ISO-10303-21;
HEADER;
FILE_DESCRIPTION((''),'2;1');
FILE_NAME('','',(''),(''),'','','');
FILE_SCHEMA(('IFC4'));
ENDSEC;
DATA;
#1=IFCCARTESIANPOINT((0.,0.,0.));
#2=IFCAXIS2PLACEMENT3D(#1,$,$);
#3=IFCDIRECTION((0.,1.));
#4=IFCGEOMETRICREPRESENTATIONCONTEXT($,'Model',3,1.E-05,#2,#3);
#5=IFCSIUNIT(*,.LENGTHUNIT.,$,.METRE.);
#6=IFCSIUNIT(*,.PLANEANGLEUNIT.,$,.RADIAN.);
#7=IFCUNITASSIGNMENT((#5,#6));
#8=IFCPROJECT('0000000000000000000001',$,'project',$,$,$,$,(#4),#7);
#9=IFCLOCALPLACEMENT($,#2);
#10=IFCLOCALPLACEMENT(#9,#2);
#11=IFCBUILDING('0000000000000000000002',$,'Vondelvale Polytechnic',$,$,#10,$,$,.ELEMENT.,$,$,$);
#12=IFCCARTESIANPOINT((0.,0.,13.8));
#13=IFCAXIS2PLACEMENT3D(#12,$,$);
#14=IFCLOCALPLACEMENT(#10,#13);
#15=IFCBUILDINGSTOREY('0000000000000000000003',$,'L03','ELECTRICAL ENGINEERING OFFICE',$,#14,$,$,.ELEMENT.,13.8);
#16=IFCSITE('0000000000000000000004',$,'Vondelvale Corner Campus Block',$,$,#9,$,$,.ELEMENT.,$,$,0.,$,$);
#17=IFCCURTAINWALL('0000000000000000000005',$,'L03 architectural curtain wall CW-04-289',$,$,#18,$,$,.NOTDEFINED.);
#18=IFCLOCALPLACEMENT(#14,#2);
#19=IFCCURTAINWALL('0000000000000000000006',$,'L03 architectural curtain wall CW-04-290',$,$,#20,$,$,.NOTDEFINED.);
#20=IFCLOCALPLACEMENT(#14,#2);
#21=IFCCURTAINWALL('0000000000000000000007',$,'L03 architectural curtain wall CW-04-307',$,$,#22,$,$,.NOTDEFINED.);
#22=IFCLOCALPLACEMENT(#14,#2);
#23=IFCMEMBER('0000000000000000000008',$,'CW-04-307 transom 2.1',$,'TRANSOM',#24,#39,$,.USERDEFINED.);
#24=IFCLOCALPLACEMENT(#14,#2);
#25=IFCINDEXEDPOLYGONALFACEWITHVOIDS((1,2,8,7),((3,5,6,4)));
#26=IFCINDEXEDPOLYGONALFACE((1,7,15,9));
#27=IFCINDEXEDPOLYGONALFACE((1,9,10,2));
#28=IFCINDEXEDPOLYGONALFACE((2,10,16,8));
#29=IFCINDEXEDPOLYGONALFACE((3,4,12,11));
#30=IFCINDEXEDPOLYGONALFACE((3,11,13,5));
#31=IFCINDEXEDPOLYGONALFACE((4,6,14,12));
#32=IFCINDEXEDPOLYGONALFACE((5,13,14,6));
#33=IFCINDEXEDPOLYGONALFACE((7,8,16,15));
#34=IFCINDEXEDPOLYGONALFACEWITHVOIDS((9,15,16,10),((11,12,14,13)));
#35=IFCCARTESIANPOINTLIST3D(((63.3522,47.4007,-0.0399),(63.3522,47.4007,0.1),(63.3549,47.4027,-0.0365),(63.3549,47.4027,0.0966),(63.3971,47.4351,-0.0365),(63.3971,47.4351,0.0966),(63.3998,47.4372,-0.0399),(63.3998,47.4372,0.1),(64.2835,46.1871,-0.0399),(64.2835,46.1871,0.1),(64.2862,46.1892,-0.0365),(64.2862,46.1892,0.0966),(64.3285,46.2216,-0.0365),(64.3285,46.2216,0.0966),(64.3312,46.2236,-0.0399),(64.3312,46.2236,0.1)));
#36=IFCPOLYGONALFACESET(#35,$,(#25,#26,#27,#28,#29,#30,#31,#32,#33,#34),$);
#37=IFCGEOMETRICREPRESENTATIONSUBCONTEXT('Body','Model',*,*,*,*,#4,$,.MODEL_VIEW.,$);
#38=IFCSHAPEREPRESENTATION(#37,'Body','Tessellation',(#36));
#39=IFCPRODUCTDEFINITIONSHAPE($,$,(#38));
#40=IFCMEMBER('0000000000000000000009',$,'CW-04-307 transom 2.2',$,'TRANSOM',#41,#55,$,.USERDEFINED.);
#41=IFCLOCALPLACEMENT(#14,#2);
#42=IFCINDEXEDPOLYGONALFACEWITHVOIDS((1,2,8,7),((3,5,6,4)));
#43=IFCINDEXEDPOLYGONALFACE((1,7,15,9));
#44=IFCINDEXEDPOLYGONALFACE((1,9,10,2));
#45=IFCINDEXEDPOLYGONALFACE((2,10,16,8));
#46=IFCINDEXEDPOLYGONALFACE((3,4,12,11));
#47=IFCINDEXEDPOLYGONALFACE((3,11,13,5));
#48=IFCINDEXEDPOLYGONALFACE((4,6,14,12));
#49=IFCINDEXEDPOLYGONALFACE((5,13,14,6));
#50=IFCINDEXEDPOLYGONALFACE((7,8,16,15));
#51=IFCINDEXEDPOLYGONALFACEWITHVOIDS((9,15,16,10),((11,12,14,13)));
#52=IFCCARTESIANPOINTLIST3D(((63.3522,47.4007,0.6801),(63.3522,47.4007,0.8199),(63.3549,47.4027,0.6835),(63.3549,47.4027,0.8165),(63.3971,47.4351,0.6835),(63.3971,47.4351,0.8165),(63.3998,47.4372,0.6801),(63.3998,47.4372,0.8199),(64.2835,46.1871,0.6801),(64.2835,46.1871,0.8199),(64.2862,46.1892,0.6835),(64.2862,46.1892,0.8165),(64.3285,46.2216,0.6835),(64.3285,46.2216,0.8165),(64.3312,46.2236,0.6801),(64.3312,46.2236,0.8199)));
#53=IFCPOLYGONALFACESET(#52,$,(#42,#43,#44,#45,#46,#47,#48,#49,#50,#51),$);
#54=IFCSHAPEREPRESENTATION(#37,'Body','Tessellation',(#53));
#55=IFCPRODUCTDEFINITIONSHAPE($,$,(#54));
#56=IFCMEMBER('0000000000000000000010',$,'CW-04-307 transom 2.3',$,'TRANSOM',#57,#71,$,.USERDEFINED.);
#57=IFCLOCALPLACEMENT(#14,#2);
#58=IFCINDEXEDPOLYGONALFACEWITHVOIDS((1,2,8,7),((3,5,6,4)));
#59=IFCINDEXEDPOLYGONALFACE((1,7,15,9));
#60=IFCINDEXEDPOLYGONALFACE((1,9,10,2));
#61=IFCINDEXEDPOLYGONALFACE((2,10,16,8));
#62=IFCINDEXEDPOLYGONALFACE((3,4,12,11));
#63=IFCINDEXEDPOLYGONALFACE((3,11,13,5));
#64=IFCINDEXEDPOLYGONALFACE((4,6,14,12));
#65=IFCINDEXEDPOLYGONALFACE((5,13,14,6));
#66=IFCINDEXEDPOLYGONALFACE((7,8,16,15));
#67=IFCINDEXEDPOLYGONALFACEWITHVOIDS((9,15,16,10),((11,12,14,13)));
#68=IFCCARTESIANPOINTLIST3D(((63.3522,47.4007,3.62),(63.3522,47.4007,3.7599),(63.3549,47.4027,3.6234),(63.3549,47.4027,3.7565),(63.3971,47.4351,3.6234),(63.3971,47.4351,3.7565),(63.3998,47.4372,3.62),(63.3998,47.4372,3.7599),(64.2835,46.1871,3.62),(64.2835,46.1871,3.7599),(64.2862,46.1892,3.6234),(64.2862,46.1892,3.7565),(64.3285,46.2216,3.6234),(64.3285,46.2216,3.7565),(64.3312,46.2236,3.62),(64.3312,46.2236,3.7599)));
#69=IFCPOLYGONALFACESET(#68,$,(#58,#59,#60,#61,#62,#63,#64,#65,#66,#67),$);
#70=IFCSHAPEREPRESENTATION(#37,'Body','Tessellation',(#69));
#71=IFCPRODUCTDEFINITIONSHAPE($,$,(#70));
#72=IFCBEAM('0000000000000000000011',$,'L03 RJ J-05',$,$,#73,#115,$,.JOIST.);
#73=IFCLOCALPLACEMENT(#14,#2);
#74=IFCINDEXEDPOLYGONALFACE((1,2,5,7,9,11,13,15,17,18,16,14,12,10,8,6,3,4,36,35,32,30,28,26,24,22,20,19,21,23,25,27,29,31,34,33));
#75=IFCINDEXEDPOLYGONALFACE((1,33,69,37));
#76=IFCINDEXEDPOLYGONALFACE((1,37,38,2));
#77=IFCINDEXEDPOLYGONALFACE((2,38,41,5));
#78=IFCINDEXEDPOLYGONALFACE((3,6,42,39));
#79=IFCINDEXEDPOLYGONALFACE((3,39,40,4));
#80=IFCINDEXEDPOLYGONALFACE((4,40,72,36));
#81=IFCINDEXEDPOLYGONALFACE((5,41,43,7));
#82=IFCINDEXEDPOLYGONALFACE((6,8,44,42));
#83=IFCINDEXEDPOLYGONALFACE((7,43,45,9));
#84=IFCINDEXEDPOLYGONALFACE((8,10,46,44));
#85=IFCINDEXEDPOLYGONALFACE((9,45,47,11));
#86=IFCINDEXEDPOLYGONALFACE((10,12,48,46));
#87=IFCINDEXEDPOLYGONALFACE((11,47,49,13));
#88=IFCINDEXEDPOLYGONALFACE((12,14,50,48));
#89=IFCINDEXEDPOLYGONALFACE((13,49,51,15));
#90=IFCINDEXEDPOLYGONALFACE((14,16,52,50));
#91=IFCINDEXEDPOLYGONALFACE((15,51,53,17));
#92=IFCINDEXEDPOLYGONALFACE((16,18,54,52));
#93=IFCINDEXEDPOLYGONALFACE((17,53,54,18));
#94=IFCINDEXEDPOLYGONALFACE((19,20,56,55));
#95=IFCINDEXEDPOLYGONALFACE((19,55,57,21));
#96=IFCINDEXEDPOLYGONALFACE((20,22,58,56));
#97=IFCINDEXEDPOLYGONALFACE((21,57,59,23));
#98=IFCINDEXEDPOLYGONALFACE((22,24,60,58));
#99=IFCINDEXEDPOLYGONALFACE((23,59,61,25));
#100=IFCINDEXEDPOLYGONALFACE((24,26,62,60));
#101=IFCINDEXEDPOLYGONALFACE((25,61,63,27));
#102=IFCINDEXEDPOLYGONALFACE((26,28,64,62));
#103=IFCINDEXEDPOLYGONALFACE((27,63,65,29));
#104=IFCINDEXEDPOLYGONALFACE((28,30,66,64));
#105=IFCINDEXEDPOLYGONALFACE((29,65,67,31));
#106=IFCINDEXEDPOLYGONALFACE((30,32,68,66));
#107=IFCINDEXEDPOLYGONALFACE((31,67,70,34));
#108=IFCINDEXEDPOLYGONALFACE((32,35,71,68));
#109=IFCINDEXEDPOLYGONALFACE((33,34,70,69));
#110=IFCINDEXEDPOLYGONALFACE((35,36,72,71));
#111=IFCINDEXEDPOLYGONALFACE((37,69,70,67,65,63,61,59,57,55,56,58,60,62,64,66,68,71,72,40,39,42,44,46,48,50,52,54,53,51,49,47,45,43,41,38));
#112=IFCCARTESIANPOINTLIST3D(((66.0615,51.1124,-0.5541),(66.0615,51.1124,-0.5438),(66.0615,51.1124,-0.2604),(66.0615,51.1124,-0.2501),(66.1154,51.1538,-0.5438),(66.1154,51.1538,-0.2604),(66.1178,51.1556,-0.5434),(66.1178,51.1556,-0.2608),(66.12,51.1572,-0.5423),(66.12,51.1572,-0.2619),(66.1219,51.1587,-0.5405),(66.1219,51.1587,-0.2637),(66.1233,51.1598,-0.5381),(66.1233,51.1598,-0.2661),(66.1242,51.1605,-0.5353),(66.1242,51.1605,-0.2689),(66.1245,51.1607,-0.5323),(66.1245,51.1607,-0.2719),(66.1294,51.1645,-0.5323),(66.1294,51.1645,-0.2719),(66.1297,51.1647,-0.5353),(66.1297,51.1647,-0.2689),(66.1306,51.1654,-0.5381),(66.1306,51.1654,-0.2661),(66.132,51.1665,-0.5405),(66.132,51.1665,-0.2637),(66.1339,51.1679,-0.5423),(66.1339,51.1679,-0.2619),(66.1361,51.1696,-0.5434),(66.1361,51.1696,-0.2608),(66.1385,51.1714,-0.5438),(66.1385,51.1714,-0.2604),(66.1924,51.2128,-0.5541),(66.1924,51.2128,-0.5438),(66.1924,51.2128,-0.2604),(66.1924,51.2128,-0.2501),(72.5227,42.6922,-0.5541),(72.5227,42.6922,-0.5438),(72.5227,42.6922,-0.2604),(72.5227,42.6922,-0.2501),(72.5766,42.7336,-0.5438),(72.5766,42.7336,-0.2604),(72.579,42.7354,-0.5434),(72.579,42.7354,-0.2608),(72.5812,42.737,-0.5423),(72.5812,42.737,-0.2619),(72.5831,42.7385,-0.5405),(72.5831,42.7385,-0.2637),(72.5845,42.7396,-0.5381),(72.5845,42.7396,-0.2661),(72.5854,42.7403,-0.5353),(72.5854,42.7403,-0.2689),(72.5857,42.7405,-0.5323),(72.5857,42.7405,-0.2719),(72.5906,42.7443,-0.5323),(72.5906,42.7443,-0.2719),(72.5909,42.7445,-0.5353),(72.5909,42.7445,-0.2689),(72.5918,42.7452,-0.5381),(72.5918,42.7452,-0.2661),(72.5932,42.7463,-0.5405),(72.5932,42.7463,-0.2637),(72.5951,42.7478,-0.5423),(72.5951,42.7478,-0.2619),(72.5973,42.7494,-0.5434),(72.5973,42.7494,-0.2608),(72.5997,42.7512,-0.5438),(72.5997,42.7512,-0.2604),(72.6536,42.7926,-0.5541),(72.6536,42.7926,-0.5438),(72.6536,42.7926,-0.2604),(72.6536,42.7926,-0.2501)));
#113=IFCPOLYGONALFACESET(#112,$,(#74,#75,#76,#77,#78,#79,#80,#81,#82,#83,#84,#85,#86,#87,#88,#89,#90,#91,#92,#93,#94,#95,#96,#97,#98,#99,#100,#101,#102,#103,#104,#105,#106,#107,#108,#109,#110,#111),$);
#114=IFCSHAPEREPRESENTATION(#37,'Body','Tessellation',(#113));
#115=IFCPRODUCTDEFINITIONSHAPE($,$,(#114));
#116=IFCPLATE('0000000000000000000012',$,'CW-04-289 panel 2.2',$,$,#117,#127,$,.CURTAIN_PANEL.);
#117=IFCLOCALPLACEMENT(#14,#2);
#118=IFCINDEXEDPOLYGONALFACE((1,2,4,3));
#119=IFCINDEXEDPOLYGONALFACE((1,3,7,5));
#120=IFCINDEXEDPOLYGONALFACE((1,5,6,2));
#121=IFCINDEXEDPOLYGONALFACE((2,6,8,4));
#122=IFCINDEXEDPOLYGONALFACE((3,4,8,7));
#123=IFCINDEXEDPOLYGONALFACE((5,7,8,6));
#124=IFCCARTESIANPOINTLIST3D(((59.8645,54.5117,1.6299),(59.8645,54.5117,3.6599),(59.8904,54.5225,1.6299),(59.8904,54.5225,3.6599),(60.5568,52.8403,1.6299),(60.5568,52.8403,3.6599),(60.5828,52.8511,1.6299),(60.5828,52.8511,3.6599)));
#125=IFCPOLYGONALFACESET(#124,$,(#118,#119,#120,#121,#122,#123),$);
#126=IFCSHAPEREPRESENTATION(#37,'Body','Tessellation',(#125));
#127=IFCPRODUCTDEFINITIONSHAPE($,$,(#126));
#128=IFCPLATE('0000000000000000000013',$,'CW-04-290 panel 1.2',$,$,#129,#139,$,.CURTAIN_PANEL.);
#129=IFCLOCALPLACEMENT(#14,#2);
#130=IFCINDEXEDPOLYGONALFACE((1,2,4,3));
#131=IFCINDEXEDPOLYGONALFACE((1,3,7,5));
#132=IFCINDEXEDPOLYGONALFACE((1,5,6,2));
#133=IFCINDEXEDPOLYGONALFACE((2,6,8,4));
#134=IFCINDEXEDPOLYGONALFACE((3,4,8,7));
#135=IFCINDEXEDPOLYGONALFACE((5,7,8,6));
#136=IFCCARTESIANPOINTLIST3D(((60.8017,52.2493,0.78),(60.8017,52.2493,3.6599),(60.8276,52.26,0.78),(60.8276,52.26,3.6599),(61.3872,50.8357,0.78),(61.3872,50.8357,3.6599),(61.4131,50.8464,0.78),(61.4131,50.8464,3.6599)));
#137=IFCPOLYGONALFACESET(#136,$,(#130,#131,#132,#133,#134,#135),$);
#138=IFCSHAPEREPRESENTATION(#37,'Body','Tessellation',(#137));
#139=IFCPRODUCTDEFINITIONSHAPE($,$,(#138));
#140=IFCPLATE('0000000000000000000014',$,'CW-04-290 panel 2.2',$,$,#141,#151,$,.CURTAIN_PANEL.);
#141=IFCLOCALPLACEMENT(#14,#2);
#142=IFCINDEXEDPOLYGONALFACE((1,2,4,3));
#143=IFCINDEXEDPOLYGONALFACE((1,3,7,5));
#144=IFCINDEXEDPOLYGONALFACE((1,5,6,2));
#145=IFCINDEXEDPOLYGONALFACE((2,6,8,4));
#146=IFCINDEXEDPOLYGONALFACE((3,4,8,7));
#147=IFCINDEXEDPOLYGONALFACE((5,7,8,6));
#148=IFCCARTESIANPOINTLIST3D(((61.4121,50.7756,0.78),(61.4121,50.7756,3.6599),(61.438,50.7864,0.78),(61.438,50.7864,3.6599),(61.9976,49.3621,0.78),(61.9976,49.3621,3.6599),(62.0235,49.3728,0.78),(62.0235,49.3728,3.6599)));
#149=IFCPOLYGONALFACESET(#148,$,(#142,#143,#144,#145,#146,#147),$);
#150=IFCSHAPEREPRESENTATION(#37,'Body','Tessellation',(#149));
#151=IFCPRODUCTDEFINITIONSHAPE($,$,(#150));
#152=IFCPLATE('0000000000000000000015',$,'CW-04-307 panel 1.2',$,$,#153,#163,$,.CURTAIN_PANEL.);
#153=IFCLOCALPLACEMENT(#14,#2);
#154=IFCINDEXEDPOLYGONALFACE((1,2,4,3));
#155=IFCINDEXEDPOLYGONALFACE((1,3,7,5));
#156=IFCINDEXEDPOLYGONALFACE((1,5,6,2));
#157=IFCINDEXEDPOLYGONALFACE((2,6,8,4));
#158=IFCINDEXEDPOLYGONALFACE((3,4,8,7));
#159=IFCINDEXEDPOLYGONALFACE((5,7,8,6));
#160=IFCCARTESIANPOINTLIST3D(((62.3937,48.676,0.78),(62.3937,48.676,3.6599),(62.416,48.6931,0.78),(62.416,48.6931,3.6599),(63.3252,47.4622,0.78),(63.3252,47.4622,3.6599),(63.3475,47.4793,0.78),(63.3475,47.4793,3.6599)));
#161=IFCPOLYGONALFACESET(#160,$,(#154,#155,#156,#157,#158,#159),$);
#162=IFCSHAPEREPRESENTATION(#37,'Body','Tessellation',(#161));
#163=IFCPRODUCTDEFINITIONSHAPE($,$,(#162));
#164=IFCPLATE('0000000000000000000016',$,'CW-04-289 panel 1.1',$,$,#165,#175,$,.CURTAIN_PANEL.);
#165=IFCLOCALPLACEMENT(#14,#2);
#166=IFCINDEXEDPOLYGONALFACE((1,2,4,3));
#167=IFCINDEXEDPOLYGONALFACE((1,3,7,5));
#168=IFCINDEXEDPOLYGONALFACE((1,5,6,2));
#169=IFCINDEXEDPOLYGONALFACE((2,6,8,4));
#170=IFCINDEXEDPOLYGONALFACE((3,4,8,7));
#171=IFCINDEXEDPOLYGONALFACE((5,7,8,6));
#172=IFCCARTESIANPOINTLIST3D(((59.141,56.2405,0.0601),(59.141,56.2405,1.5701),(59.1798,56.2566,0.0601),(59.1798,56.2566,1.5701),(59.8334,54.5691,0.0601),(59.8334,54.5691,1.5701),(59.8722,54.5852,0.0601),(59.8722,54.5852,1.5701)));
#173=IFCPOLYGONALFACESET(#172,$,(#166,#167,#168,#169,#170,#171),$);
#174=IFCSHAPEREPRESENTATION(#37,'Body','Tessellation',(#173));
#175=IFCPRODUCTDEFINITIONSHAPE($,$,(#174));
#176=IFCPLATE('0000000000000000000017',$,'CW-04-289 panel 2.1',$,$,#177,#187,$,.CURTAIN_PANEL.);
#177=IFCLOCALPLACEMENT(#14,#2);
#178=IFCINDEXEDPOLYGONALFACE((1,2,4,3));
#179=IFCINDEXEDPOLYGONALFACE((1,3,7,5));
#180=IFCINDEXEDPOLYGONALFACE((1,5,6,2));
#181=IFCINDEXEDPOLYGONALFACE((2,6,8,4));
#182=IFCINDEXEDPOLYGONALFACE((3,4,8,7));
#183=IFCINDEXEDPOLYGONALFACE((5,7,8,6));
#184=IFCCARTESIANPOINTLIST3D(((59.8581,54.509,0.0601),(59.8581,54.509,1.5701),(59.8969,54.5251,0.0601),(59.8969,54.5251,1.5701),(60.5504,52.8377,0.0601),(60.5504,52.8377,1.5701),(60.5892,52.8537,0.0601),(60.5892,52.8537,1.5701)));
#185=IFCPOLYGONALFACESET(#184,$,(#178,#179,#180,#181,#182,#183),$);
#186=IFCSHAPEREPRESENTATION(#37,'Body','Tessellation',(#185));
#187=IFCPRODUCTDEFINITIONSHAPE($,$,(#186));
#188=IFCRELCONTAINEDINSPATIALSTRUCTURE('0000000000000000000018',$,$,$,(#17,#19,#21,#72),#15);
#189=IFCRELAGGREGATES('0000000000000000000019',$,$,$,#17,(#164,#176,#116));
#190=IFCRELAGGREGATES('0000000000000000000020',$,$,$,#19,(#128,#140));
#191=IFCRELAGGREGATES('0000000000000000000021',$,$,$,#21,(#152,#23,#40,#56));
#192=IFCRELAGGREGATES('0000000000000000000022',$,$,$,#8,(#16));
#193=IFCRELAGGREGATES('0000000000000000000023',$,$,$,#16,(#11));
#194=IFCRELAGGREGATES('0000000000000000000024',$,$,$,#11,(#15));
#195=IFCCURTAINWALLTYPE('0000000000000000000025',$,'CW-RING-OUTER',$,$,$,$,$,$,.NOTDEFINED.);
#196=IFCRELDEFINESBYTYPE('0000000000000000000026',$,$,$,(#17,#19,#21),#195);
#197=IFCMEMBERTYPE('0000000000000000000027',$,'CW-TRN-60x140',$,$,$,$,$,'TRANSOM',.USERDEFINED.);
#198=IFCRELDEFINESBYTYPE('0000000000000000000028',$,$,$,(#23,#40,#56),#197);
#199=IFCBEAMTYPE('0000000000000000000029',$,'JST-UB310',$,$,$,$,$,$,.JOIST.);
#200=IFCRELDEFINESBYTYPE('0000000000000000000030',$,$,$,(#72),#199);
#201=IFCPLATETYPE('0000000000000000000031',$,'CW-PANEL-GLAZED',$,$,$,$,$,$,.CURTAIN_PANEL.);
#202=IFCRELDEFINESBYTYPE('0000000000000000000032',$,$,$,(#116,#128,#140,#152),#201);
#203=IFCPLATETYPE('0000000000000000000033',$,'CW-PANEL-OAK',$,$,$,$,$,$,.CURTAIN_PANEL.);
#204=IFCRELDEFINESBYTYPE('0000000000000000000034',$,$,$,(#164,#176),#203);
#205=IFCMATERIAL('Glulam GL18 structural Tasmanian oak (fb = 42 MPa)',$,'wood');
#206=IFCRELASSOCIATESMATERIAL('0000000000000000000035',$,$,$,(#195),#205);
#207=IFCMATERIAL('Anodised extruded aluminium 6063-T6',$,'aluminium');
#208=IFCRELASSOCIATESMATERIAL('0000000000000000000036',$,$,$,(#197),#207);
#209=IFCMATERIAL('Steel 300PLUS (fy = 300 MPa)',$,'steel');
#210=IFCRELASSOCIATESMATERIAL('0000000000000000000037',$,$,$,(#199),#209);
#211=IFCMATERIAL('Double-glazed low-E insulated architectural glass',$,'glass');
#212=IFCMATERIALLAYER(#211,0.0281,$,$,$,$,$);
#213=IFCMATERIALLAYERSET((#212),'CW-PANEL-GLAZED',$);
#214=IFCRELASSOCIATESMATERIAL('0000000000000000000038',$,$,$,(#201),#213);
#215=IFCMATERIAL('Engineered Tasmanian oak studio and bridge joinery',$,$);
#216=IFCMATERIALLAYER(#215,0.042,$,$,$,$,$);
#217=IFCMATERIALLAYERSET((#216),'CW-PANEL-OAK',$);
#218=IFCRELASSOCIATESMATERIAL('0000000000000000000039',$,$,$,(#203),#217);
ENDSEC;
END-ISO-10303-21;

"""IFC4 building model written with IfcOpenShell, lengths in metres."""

from ifc_helpers import new_model, si_unit, direction, frame, origin, origin_2d, place, context, subcontext, project, spatial, rectangle, hollow_rectangle, i_section, extrude, material, layer, layer_set, material_profile, profile_set, type_object, element, aggregate, save


model = new_model("IFC4")

# Units and contexts
model_context = context("Model", 3, precision=1e-05, world=origin(), true_north=direction((0.0, 1.0)))
body_context = subcontext(model_context, "Body", "Model", "MODEL_VIEW")
ifc_project = project(units=[si_unit("LENGTHUNIT", "METRE"), si_unit("PLANEANGLEUNIT", "RADIAN")], contexts=[model_context])

# Site, building, storey
site_placement = place(None, origin())
site = spatial("IfcSite", under=ifc_project, at=site_placement, Name="Vondelvale Corner Campus Block", CompositionType="ELEMENT", RefElevation=0.0)
building_placement = place(site_placement, origin())
building = spatial("IfcBuilding", under=site, at=building_placement, Name="Vondelvale Polytechnic", CompositionType="ELEMENT")
storey_placement = place(building_placement, frame((0.0, 0.0, 13.8)))
storey = spatial("IfcBuildingStorey", under=building, at=storey_placement, Name="L03", Description="ELECTRICAL ENGINEERING OFFICE", CompositionType="ELEMENT", Elevation=13.8)

# Shared definitions
ifc_material_1 = material(Name="Glulam GL18 structural Tasmanian oak (fb = 42 MPa)", Category="wood")
ifc_material_2 = material(Name="Steel 300PLUS (fy = 300 MPa)", Category="steel")

# Curtain walls
curtain_wall_type = type_object("IfcCurtainWallType", Name="CW-RING-OUTER", PredefinedType="NOTDEFINED", material=ifc_material_1)
curtain_wall_1_placement = place(storey_placement, origin())
curtain_wall_1 = element("IfcCurtainWall", 1, at=curtain_wall_1_placement, inside=storey, type_object=curtain_wall_type, Name="L03 architectural curtain wall CW-04-289", PredefinedType="NOTDEFINED")
ifc_material_3 = material(Name="Anodised extruded aluminium 6063-T6", Category="aluminium")
curtain_wall_2_placement = place(storey_placement, origin())
curtain_wall_2 = element("IfcCurtainWall", 2, at=curtain_wall_2_placement, inside=storey, type_object=curtain_wall_type, Name="L03 architectural curtain wall CW-04-290", PredefinedType="NOTDEFINED")
curtain_wall_3_placement = place(storey_placement, origin())
curtain_wall_3 = element("IfcCurtainWall", 3, at=curtain_wall_3_placement, inside=storey, type_object=curtain_wall_type, Name="L03 architectural curtain wall CW-04-307", PredefinedType="NOTDEFINED")

# Members
ifc_material_profile_1 = material_profile(ifc_material_3, hollow_rectangle(XDim=0.0601, YDim=0.1399, WallThickness=0.0034, at=origin_2d()), Name="CW-TRN-140x60")
ifc_profile_set_1 = profile_set([ifc_material_profile_1], Name="Anodised extruded aluminium 6063-T6")
member_type_1 = type_object("IfcMemberType", Name="CW-TRN-60x140", ElementType="TRANSOM", PredefinedType="USERDEFINED", material=ifc_profile_set_1)
member_1_placement = place(storey_placement, frame((63.376, 47.4189, 0.03), z_axis=(0.608823, -0.793306, 0.0), x_axis=(0.793306, 0.608823, 0.0)))
member_1 = element("IfcMember", 4, at=member_1_placement, type_object=member_type_1, Name="CW-04-307 transom 2.1", ObjectType="TRANSOM", PredefinedType="USERDEFINED", context=body_context, shape_type="SweptSolid", body=[
    extrude(hollow_rectangle(XDim=0.0601, YDim=0.1399, WallThickness=0.0034, at=origin_2d()), origin(), (0.0, 0.0, 1.0), 1.5298),
])
member_2_placement = place(storey_placement, frame((63.376, 47.4189, 0.75), z_axis=(0.608823, -0.793306, 0.0), x_axis=(0.793306, 0.608823, 0.0)))
member_2 = element("IfcMember", 5, at=member_2_placement, type_object=member_type_1, Name="CW-04-307 transom 2.2", ObjectType="TRANSOM", PredefinedType="USERDEFINED", context=body_context, shape_type="SweptSolid", body=[
    extrude(hollow_rectangle(XDim=0.0601, YDim=0.1399, WallThickness=0.0034, at=origin_2d()), origin(), (0.0, 0.0, 1.0), 1.5298),
])
member_3_placement = place(storey_placement, frame((63.376, 47.4189, 3.6899), z_axis=(0.608823, -0.793306, 0.0), x_axis=(0.793306, 0.608823, 0.0)))
member_3 = element("IfcMember", 6, at=member_3_placement, type_object=member_type_1, Name="CW-04-307 transom 2.3", ObjectType="TRANSOM", PredefinedType="USERDEFINED", context=body_context, shape_type="SweptSolid", body=[
    extrude(hollow_rectangle(XDim=0.0601, YDim=0.1399, WallThickness=0.0034, at=origin_2d()), origin(), (0.0, 0.0, 1.0), 1.5298),
])

# Beam
ifc_material_profile_2 = material_profile(ifc_material_2, i_section(OverallWidth=0.165, OverallDepth=0.304, WebThickness=0.0061, FlangeThickness=0.0103, FilletRadius=0.0115, at=origin_2d()), Name="310UB40.4")
ifc_profile_set_2 = profile_set([ifc_material_profile_2], Name="Steel 300PLUS (fy = 300 MPa)")
beam_type_1 = type_object("IfcBeamType", Name="JST-UB310", PredefinedType="JOIST", material=ifc_profile_set_2)
beam_1_placement = place(storey_placement, frame((66.127, 51.1626, -0.4021), z_axis=(0.608771, -0.793346, 0.0), x_axis=(0.793346, 0.608771, 0.0)))
element("IfcBeam", 7, at=beam_1_placement, inside=storey, type_object=beam_type_1, Name="L03 RJ J-05", PredefinedType="JOIST", context=body_context, shape_type="SweptSolid", body=[
    extrude(i_section(OverallWidth=0.165, OverallDepth=0.304, WebThickness=0.0061, FlangeThickness=0.0103, FilletRadius=0.0115, at=origin_2d()), origin(), (0.0, 0.0, 1.0), 10.6135),
])

# Plates
ifc_material_4 = material(Name="Double-glazed low-E insulated architectural glass", Category="glass")
ifc_layer_1 = layer(ifc_material_4, 0.0281)
ifc_layer_set_1 = layer_set([ifc_layer_1], Name="CW-PANEL-GLAZED")
plate_type_1 = type_object("IfcPlateType", Name="CW-PANEL-GLAZED", PredefinedType="CURTAIN_PANEL", material=ifc_layer_set_1)
plate_1_placement = place(storey_placement, frame((60.2236, 53.6814, 1.6299), z_axis=(0.0, 0.0, 1.0), x_axis=(0.382695, -0.923875, 0.0)))
plate_1 = element("IfcPlate", 8, at=plate_1_placement, type_object=plate_type_1, Name="CW-04-289 panel 2.2", PredefinedType="CURTAIN_PANEL", context=body_context, shape_type="SweptSolid", body=[
    extrude(rectangle(XDim=1.8091, YDim=0.0281, at=origin_2d()), origin(), (0.0, 0.0, 1.0), 2.03),
])
plate_2_placement = place(storey_placement, frame((61.1074, 51.5479, 0.78), z_axis=(0.0, 0.0, 1.0), x_axis=(0.382677, -0.923882, 0.0)))
plate_2 = element("IfcPlate", 9, at=plate_2_placement, type_object=plate_type_1, Name="CW-04-290 panel 1.2", PredefinedType="CURTAIN_PANEL", context=body_context, shape_type="SweptSolid", body=[
    extrude(rectangle(XDim=1.53, YDim=0.0281, at=origin_2d()), origin(), (0.0, 0.0, 1.0), 2.8799),
])
plate_3_placement = place(storey_placement, frame((61.7178, 50.0742, 0.78), z_axis=(0.0, 0.0, 1.0), x_axis=(0.382677, -0.923882, 0.0)))
plate_3 = element("IfcPlate", 10, at=plate_3_placement, type_object=plate_type_1, Name="CW-04-290 panel 2.2", PredefinedType="CURTAIN_PANEL", context=body_context, shape_type="SweptSolid", body=[
    extrude(rectangle(XDim=1.53, YDim=0.0281, at=origin_2d()), origin(), (0.0, 0.0, 1.0), 2.8799),
])
plate_4_placement = place(storey_placement, frame((62.8706, 48.0776, 0.78), z_axis=(0.0, 0.0, 1.0), x_axis=(0.608787, -0.793334, 0.0)))
plate_4 = element("IfcPlate", 11, at=plate_4_placement, type_object=plate_type_1, Name="CW-04-307 panel 1.2", PredefinedType="CURTAIN_PANEL", context=body_context, shape_type="SweptSolid", body=[
    extrude(rectangle(XDim=1.53, YDim=0.0281, at=origin_2d()), origin(), (0.0, 0.0, 1.0), 2.8799),
])
ifc_material_5 = material(Name="Engineered Tasmanian oak studio and bridge joinery")
ifc_layer_2 = layer(ifc_material_5, 0.042)
ifc_layer_set_2 = layer_set([ifc_layer_2], Name="CW-PANEL-OAK")
plate_type_2 = type_object("IfcPlateType", Name="CW-PANEL-OAK", PredefinedType="CURTAIN_PANEL", material=ifc_layer_set_2)
plate_5_placement = place(storey_placement, frame((59.5066, 55.4128, 0.0601), z_axis=(0.0, 0.0, 1.0), x_axis=(0.382695, -0.923875, 0.0)))
plate_5 = element("IfcPlate", 12, at=plate_5_placement, type_object=plate_type_2, Name="CW-04-289 panel 1.1", PredefinedType="CURTAIN_PANEL", context=body_context, shape_type="SweptSolid", body=[
    extrude(rectangle(XDim=1.8091, YDim=0.042, at=origin_2d()), origin(), (0.0, 0.0, 1.0), 1.51),
])
plate_6_placement = place(storey_placement, frame((60.2236, 53.6814, 0.0601), z_axis=(0.0, 0.0, 1.0), x_axis=(0.382695, -0.923875, 0.0)))
plate_6 = element("IfcPlate", 13, at=plate_6_placement, type_object=plate_type_2, Name="CW-04-289 panel 2.1", PredefinedType="CURTAIN_PANEL", context=body_context, shape_type="SweptSolid", body=[
    extrude(rectangle(XDim=1.8091, YDim=0.042, at=origin_2d()), origin(), (0.0, 0.0, 1.0), 1.51),
])
aggregate(curtain_wall_1, [plate_5, plate_6, plate_1])
aggregate(curtain_wall_2, [plate_2, plate_3])
aggregate(curtain_wall_3, [plate_4, member_1, member_2, member_3])

save(model, "model.ifc")
